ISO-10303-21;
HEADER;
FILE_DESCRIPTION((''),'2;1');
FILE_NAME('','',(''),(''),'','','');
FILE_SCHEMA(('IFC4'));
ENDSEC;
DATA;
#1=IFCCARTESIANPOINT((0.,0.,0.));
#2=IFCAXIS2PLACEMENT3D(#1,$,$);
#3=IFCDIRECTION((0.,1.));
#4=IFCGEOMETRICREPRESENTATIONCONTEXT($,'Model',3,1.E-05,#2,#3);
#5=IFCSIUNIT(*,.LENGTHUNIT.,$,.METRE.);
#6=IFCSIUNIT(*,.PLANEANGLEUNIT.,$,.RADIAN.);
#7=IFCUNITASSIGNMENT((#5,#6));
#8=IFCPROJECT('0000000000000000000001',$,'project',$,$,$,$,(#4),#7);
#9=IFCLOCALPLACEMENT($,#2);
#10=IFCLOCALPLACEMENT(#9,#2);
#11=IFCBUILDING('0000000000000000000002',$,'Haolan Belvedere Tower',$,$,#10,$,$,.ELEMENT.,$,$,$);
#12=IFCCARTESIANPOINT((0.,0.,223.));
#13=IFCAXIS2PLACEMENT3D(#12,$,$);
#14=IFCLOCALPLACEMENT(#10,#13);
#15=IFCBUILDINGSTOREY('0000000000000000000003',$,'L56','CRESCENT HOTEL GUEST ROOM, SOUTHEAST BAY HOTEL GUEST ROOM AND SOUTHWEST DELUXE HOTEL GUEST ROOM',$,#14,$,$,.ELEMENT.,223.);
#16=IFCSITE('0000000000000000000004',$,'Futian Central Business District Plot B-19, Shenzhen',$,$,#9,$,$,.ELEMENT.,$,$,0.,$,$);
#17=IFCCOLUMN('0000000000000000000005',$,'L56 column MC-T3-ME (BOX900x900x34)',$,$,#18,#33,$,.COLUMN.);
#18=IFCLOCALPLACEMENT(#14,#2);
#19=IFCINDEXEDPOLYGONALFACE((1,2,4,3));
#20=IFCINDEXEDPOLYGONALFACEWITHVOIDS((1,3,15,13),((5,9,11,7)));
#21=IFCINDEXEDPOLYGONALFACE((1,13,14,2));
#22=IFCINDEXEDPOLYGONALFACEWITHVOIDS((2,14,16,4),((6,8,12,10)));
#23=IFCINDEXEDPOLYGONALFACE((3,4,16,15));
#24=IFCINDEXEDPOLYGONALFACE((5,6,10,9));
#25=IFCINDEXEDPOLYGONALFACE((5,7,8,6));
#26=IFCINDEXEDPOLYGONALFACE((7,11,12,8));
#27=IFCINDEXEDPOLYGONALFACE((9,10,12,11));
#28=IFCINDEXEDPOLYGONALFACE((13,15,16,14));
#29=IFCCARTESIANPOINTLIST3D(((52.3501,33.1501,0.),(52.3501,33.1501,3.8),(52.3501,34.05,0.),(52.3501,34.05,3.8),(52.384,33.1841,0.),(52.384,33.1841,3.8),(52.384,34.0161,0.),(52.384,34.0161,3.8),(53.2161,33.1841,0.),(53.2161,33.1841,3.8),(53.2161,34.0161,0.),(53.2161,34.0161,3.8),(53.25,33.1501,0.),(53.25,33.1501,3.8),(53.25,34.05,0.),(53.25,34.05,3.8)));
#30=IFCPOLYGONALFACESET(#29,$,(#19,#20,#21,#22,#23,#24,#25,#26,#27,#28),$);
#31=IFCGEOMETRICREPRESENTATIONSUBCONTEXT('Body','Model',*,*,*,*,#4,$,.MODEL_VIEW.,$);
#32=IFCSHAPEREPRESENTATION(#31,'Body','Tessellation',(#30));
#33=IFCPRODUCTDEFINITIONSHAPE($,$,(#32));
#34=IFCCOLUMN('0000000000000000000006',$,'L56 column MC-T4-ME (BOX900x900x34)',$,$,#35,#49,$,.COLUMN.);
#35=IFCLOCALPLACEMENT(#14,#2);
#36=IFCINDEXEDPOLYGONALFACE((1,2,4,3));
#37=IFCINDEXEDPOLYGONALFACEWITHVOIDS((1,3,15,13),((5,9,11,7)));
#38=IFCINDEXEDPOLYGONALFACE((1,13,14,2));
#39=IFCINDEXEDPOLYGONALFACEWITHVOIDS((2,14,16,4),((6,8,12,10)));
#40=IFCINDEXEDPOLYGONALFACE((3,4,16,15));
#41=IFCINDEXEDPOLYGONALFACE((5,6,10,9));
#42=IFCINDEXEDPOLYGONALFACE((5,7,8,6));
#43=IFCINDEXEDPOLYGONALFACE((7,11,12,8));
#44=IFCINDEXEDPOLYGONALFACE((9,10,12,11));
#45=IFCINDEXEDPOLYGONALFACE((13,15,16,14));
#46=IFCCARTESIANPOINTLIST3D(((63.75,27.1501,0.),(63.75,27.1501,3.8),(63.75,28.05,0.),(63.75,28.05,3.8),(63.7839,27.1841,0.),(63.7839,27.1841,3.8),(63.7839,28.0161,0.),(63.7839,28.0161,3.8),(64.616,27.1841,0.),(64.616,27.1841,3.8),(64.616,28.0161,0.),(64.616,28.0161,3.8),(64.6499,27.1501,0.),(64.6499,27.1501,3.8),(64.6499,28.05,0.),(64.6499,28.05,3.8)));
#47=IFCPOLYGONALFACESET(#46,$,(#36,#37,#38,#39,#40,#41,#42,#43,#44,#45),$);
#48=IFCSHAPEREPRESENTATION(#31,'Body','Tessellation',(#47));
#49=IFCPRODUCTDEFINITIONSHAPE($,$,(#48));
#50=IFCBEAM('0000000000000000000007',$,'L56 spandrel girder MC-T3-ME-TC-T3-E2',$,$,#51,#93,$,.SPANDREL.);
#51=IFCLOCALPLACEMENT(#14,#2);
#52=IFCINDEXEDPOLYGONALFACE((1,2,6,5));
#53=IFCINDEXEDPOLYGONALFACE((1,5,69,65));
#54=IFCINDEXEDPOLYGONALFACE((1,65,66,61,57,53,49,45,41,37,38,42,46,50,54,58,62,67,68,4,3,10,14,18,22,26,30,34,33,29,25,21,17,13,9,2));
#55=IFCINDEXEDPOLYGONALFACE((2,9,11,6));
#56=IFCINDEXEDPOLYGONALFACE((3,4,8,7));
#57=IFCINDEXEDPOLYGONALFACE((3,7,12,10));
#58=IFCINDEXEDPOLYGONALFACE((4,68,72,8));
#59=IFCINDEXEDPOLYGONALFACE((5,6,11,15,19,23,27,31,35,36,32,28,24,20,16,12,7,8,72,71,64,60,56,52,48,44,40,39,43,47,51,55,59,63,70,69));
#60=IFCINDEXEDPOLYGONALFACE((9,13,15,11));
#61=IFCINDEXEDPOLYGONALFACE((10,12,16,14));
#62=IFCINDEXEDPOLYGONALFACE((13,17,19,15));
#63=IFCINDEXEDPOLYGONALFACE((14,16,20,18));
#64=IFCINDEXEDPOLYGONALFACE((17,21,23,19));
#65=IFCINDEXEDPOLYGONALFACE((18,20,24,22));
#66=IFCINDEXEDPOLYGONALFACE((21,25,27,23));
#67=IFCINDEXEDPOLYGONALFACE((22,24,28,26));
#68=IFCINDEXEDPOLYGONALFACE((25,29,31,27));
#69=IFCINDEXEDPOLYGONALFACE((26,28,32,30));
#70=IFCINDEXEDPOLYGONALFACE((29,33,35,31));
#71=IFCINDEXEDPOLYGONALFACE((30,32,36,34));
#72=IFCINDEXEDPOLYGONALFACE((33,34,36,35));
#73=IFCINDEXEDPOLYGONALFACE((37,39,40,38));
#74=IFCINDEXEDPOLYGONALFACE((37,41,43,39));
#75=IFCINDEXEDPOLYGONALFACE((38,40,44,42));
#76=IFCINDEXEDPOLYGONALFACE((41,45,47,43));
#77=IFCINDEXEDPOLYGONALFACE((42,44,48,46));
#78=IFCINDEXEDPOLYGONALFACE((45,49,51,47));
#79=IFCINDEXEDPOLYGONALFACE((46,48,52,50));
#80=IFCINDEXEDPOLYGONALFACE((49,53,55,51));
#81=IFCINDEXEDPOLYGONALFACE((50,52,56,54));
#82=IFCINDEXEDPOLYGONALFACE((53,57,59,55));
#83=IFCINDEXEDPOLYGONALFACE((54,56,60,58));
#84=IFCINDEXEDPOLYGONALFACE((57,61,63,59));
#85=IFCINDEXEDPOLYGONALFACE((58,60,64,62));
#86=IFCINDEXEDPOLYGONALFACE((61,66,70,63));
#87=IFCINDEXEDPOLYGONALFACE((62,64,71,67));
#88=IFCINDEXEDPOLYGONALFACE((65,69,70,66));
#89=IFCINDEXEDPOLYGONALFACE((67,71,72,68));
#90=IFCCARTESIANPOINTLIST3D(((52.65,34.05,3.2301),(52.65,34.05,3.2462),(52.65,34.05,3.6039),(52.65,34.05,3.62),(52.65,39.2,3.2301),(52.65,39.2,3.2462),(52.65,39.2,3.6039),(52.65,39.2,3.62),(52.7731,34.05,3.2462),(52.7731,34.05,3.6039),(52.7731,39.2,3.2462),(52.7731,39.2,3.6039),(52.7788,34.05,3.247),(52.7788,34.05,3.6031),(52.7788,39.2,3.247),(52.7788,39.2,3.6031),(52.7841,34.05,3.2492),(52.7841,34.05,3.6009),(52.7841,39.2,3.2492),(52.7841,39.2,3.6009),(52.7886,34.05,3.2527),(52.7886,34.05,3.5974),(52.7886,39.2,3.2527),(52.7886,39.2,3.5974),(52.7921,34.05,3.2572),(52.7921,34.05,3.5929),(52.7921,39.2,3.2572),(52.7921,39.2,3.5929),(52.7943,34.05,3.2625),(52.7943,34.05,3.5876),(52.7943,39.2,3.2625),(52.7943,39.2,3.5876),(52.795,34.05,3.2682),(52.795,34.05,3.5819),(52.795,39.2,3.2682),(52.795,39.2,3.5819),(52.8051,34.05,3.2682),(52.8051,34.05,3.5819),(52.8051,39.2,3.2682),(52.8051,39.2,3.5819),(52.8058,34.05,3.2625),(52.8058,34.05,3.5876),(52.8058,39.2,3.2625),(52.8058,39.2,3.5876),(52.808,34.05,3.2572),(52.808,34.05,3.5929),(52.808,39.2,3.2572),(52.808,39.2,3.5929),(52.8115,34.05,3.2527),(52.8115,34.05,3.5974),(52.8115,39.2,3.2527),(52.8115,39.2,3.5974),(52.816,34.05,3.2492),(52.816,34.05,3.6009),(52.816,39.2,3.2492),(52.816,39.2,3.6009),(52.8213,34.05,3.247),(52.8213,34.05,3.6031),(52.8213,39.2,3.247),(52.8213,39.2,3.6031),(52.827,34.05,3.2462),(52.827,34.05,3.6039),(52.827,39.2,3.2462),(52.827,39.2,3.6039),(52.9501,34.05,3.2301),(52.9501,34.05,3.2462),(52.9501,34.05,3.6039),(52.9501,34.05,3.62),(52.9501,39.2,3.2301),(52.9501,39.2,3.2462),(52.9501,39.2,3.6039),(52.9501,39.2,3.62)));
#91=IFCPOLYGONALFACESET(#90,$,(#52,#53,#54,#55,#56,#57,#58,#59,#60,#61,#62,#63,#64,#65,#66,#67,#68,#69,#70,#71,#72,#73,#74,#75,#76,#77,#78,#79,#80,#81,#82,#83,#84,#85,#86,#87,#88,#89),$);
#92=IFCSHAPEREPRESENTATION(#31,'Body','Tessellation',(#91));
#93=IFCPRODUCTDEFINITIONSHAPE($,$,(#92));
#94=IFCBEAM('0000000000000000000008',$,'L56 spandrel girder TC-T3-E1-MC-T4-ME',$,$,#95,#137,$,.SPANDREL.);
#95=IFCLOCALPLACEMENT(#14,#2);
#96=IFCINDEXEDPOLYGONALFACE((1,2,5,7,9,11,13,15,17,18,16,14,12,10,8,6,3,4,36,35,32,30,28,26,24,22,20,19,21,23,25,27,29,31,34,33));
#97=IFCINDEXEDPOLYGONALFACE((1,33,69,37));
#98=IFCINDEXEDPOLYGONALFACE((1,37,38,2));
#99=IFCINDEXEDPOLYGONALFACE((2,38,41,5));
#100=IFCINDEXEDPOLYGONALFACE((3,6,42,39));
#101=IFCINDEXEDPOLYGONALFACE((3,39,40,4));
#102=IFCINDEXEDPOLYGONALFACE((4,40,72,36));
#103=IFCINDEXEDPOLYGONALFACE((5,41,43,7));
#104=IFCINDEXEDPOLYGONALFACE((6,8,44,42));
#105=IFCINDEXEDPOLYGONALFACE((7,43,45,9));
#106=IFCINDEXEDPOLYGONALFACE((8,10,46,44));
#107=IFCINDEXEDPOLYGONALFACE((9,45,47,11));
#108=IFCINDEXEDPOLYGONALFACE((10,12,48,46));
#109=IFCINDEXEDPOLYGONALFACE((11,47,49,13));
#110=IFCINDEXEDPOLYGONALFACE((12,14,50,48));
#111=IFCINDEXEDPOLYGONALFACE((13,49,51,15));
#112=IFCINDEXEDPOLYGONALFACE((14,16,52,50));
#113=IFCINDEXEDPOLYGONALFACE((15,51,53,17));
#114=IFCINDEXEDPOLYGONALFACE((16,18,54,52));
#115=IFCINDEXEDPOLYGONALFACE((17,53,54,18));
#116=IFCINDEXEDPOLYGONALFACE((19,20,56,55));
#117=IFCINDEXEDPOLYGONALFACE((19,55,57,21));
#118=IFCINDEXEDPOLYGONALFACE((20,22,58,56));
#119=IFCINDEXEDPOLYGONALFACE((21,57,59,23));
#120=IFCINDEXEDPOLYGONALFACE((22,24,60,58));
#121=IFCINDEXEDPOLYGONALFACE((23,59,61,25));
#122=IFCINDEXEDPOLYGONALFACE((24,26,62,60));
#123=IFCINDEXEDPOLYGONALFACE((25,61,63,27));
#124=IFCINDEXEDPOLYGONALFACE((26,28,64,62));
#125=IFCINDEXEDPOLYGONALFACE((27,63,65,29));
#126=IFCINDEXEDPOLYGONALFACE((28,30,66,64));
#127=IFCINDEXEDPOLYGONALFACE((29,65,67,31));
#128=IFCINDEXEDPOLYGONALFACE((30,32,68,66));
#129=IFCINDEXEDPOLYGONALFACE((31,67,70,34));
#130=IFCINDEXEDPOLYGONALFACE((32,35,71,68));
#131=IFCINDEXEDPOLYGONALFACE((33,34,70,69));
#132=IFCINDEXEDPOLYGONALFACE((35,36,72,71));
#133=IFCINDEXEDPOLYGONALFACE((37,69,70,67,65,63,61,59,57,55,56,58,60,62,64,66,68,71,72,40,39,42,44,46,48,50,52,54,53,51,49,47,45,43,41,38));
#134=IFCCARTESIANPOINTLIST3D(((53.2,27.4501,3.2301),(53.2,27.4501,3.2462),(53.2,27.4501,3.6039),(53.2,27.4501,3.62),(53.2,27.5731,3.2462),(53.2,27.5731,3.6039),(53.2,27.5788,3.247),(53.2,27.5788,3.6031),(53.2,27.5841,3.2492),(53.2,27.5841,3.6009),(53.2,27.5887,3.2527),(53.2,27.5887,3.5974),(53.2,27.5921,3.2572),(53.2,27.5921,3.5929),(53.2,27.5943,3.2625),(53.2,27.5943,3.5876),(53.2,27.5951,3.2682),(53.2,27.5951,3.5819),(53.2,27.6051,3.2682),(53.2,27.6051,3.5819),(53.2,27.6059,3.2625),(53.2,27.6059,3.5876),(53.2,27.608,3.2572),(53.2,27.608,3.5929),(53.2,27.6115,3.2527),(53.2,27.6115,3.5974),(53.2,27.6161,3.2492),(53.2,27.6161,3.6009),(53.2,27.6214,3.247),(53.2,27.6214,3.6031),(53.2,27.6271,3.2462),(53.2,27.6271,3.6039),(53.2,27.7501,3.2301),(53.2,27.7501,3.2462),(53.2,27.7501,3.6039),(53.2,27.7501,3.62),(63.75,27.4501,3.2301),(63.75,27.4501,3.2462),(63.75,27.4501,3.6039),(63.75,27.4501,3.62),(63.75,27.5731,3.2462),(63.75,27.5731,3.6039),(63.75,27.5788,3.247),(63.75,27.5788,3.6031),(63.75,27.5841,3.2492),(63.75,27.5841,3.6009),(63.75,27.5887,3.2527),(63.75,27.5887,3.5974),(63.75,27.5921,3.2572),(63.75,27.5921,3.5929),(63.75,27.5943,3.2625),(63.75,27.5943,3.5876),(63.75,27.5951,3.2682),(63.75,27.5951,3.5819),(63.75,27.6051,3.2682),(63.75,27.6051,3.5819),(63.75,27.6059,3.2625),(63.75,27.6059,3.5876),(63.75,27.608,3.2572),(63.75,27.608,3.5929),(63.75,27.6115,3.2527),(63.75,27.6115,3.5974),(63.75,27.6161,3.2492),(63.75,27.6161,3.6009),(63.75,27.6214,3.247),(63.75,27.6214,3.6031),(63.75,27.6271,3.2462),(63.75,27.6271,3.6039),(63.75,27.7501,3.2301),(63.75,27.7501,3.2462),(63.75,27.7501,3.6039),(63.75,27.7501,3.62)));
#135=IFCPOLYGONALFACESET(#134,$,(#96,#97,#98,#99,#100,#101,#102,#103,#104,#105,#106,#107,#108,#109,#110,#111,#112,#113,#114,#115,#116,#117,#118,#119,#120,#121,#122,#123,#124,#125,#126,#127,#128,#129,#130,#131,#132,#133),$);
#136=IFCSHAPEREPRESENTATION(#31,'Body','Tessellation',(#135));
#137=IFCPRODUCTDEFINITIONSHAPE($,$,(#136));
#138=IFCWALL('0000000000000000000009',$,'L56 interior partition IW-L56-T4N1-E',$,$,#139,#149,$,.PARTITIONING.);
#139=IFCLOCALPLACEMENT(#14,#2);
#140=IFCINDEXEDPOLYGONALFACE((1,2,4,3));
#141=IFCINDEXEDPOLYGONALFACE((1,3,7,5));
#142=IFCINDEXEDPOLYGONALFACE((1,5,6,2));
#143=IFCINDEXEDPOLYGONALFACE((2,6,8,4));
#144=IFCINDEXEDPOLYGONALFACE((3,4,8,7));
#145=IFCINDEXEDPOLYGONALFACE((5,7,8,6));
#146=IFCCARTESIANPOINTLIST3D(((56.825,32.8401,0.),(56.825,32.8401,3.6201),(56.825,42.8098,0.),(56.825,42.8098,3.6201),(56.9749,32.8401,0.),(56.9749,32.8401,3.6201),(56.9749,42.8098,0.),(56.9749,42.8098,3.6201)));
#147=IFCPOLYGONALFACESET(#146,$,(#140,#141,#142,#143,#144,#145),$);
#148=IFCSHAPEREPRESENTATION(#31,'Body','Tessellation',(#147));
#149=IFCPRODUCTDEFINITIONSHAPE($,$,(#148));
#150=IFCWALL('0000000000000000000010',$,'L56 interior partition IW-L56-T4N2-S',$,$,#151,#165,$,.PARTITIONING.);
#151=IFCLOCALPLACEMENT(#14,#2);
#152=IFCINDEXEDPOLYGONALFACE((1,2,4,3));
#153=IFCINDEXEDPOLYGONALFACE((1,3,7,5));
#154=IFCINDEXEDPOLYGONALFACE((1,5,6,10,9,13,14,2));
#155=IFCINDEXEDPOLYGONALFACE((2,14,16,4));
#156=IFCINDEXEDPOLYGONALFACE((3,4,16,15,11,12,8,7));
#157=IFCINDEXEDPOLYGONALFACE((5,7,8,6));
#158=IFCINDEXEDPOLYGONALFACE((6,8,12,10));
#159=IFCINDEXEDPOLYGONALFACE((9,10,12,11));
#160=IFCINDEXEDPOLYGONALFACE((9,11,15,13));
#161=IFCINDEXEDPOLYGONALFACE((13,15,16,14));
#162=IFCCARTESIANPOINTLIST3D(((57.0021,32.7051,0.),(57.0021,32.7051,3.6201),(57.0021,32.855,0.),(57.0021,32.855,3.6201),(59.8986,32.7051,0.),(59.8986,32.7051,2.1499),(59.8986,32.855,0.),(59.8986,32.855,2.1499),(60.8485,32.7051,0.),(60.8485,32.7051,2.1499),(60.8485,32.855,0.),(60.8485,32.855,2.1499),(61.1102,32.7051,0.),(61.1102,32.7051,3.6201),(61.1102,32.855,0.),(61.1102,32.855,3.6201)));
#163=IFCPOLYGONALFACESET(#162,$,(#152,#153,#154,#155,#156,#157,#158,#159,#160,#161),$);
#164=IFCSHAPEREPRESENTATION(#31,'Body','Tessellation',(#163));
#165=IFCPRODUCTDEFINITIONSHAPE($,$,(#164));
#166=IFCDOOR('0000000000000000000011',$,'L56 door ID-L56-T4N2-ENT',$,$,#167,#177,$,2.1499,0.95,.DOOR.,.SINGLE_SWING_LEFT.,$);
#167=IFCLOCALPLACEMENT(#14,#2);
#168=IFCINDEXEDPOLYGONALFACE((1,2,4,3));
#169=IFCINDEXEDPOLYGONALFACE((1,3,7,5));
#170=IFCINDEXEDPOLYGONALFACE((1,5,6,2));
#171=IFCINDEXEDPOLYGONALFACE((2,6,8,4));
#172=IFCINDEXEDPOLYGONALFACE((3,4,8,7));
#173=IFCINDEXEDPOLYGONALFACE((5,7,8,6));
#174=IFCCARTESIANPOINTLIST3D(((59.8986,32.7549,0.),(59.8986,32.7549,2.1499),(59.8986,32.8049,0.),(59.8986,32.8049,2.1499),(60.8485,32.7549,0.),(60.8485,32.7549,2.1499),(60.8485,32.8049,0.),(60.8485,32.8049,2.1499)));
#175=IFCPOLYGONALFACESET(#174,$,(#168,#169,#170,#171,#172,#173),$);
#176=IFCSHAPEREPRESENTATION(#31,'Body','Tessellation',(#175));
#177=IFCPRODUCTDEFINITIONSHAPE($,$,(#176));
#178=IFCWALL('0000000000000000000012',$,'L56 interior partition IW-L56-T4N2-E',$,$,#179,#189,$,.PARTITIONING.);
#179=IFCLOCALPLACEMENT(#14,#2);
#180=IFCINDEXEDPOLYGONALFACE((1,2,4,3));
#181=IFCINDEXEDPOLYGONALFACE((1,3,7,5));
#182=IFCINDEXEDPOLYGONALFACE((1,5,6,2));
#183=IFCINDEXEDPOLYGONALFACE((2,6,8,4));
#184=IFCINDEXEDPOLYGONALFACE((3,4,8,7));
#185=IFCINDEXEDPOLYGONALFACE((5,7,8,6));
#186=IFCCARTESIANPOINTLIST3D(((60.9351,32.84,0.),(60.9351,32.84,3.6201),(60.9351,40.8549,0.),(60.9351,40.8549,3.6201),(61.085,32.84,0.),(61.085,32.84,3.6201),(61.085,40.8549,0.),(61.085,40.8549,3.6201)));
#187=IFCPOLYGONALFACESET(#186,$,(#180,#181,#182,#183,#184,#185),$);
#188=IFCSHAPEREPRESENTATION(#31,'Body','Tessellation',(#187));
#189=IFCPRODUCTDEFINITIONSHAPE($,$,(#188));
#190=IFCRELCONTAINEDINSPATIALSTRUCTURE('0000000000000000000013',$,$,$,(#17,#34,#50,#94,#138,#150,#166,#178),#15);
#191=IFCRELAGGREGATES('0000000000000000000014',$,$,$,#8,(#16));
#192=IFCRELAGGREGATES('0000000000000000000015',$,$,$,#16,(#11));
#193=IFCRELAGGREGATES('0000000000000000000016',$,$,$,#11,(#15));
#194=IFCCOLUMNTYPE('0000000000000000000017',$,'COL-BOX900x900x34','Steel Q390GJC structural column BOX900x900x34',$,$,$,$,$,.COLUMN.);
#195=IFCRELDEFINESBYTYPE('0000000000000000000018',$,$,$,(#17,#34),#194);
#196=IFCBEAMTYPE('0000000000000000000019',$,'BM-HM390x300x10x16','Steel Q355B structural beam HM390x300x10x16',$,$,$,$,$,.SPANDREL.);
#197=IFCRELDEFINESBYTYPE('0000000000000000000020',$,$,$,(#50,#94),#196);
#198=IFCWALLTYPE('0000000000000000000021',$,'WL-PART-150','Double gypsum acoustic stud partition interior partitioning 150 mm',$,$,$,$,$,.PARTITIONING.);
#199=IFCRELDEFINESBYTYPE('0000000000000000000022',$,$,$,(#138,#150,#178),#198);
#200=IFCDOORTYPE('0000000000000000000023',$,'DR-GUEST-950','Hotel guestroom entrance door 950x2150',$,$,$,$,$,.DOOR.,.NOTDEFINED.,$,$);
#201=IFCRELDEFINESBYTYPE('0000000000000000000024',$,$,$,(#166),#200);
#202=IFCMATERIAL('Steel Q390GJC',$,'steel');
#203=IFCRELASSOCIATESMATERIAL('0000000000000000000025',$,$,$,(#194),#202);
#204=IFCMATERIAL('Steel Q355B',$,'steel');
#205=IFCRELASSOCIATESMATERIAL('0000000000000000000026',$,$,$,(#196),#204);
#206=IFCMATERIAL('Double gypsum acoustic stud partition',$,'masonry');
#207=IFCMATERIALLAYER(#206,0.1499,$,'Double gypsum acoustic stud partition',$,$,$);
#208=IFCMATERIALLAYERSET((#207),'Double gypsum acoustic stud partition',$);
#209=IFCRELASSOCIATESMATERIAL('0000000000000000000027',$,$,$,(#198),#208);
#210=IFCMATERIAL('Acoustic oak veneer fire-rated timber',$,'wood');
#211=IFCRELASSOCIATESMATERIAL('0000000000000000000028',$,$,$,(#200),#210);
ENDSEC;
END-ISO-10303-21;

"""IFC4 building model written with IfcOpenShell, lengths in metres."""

from ifc_helpers import new_model, si_unit, direction, frame, frame_2d, origin, origin_2d, place, context, subcontext, project, spatial, rectangle, hollow_rectangle, i_section, extrude, material, layer, layer_set, material_profile, profile_set, type_object, element, fill, save


model = new_model("IFC4")

# Units and contexts
model_context = context("Model", 3, precision=1e-05, world=origin(), true_north=direction((0.0, 1.0)))
body_context = subcontext(model_context, "Body", "Model", "MODEL_VIEW")
ifc_project = project(units=[si_unit("LENGTHUNIT", "METRE"), si_unit("PLANEANGLEUNIT", "RADIAN")], contexts=[model_context])

# Site, building, storey
site_placement = place(None, origin())
site = spatial("IfcSite", under=ifc_project, at=site_placement, Name="Futian Central Business District Plot B-19, Shenzhen", CompositionType="ELEMENT", RefElevation=0.0)
building_placement = place(site_placement, origin())
building = spatial("IfcBuilding", under=site, at=building_placement, Name="Haolan Belvedere Tower", CompositionType="ELEMENT")
storey_placement = place(building_placement, frame((0.0, 0.0, 223.0)))
storey = spatial("IfcBuildingStorey", under=building, at=storey_placement, Name="L56", Description="CRESCENT HOTEL GUEST ROOM, SOUTHEAST BAY HOTEL GUEST ROOM AND SOUTHWEST DELUXE HOTEL GUEST ROOM", CompositionType="ELEMENT", Elevation=223.0)

# Columns
ifc_material_1 = material(Name="Steel Q390GJC", Category="steel")
ifc_material_profile_1 = material_profile(ifc_material_1, hollow_rectangle(XDim=0.8999, YDim=0.8999, WallThickness=0.0339, at=origin_2d()), Name="Steel Q390GJC")
ifc_profile_set_1 = profile_set([ifc_material_profile_1], Name="Steel Q390GJC")
column_type = type_object("IfcColumnType", Name="COL-BOX900x900x34", Description="Steel Q390GJC structural column BOX900x900x34", PredefinedType="COLUMN", material=ifc_profile_set_1)
for number, where, z_axis, x_axis, name in (
    (1, (52.8, 33.6001, 0.0), (0.0, 0.0, 1.0), (1.0, 0.0, 0.0), "L56 column MC-T3-ME (BOX900x900x34)"),
    (2, (64.2, 27.6001, 0.0), (0.0, 0.0, 1.0), (1.0, 0.0, 0.0), "L56 column MC-T4-ME (BOX900x900x34)"),
):
    element("IfcColumn", number, at=place(storey_placement, frame(where, z_axis=z_axis, x_axis=x_axis)), inside=storey, type_object=column_type, Name=name, PredefinedType="COLUMN", context=body_context, shape_type="SweptSolid", body=[
        extrude(hollow_rectangle(XDim=0.8999, YDim=0.8999, WallThickness=0.0339, at=origin_2d()), origin(), (0.0, 0.0, 1.0), 3.8),
    ])

# Beams
ifc_material_2 = material(Name="Steel Q355B", Category="steel")
ifc_material_profile_2 = material_profile(ifc_material_2, i_section(OverallWidth=0.3, OverallDepth=0.3899, WebThickness=0.01, FlangeThickness=0.0161, FilletRadius=0.022, at=origin_2d()), Name="Steel Q355B")
ifc_profile_set_2 = profile_set([ifc_material_profile_2], Name="Steel Q355B")
beam_type = type_object("IfcBeamType", Name="BM-HM390x300x10x16", Description="Steel Q355B structural beam HM390x300x10x16", PredefinedType="SPANDREL", material=ifc_profile_set_2)
beam_1_placement = place(storey_placement, frame((52.8, 34.05, 3.425), z_axis=(0.0, 1.0, 0.0), x_axis=(-1.0, 0.0, 0.0)))
element("IfcBeam", 3, at=beam_1_placement, inside=storey, type_object=beam_type, Name="L56 spandrel girder MC-T3-ME-TC-T3-E2", PredefinedType="SPANDREL", context=body_context, shape_type="SweptSolid", body=[
    extrude(i_section(OverallWidth=0.3, OverallDepth=0.3899, WebThickness=0.01, FlangeThickness=0.0161, FilletRadius=0.022, at=origin_2d()), origin(), (0.0, 0.0, 1.0), 5.1499),
])
beam_2_placement = place(storey_placement, frame((53.2, 27.6001, 3.425), z_axis=(1.0, 0.0, 0.0), x_axis=(0.0, 1.0, 0.0)))
element("IfcBeam", 4, at=beam_2_placement, inside=storey, type_object=beam_type, Name="L56 spandrel girder TC-T3-E1-MC-T4-ME", PredefinedType="SPANDREL", context=body_context, shape_type="SweptSolid", body=[
    extrude(i_section(OverallWidth=0.3, OverallDepth=0.3899, WebThickness=0.01, FlangeThickness=0.0161, FilletRadius=0.022, at=origin_2d()), origin(), (0.0, 0.0, 1.0), 10.55),
])

# Wall
ifc_material_3 = material(Name="Double gypsum acoustic stud partition", Category="masonry")
ifc_layer_1 = layer(ifc_material_3, 0.1499, Name="Double gypsum acoustic stud partition")
ifc_layer_set_1 = layer_set([ifc_layer_1], Name="Double gypsum acoustic stud partition")
wall_type_1 = type_object("IfcWallType", Name="WL-PART-150", Description="Double gypsum acoustic stud partition interior partitioning 150 mm", PredefinedType="PARTITIONING", material=ifc_layer_set_1)
wall_1_placement = place(storey_placement, frame((56.8999, 32.8401, 0.0), z_axis=(0.0, 0.0, 1.0), x_axis=(0.0, 1.0, 0.0)))
element("IfcWall", 5, at=wall_1_placement, inside=storey, type_object=wall_type_1, Name="L56 interior partition IW-L56-T4N1-E", PredefinedType="PARTITIONING", context=body_context, shape_type="SweptSolid", body=[
    extrude(rectangle(XDim=9.9697, YDim=0.1499, at=frame_2d((4.9849, 0.0))), origin(), (0.0, 0.0, 1.0), 3.6201),
])

# Wall, opening, door
wall_2_placement = place(storey_placement, frame((57.002, 32.78, 0.0), z_axis=(0.0, 0.0, 1.0), x_axis=(1.0, 0.0, 0.0)))
wall_2 = element("IfcWall", 6, at=wall_2_placement, inside=storey, type_object=wall_type_1, Name="L56 interior partition IW-L56-T4N2-S", PredefinedType="PARTITIONING", context=body_context, shape_type="SweptSolid", body=[
    extrude(rectangle(XDim=4.1082, YDim=0.1499, at=frame_2d((2.0542, 0.0))), origin(), (0.0, 0.0, 1.0), 3.6201),
])
opening_1_placement = place(wall_2_placement, frame((2.8965, 0.0, 0.0)))
opening_1 = element("IfcOpeningElement", 7, at=opening_1_placement, cuts=wall_2, PredefinedType="OPENING", context=body_context, shape_type="SweptSolid", body=[
    extrude(rectangle(XDim=0.95, YDim=2.1499, at=frame_2d((0.4751, 1.075))), frame((0.0, 0.085, 0.0), z_axis=(0.0, -1.0, 0.0), x_axis=(1.0, 0.0, 0.0)), (0.0, 0.0, 1.0), 0.1699),
])
ifc_material_4 = material(Name="Acoustic oak veneer fire-rated timber", Category="wood")
door_type_1 = type_object("IfcDoorType", Name="DR-GUEST-950", Description="Hotel guestroom entrance door 950x2150", OperationType="NOTDEFINED", PredefinedType="DOOR", material=ifc_material_4)
door_1_placement = place(opening_1_placement, origin())
door_1 = element("IfcDoor", 8, at=door_1_placement, inside=storey, type_object=door_type_1, Name="L56 door ID-L56-T4N2-ENT", OperationType="SINGLE_SWING_LEFT", OverallHeight=2.1499, OverallWidth=0.95, PredefinedType="DOOR", context=body_context, shape_type="SweptSolid", body=[
    extrude(rectangle(XDim=0.95, YDim=2.1499, at=frame_2d((0.4751, 1.075))), frame((0.0, 0.0249, 0.0), z_axis=(0.0, -1.0, 0.0), x_axis=(1.0, 0.0, 0.0)), (0.0, 0.0, 1.0), 0.05),
])
fill(opening_1, door_1)

# Wall
wall_3_placement = place(storey_placement, frame((61.01, 32.8401, 0.0), z_axis=(0.0, 0.0, 1.0), x_axis=(0.0, 1.0, 0.0)))
element("IfcWall", 9, at=wall_3_placement, inside=storey, type_object=wall_type_1, Name="L56 interior partition IW-L56-T4N2-E", PredefinedType="PARTITIONING", context=body_context, shape_type="SweptSolid", body=[
    extrude(rectangle(XDim=8.0149, YDim=0.1499, at=frame_2d((4.0073, 0.0))), origin(), (0.0, 0.0, 1.0), 3.6201),
])

save(model, "model.ifc")
